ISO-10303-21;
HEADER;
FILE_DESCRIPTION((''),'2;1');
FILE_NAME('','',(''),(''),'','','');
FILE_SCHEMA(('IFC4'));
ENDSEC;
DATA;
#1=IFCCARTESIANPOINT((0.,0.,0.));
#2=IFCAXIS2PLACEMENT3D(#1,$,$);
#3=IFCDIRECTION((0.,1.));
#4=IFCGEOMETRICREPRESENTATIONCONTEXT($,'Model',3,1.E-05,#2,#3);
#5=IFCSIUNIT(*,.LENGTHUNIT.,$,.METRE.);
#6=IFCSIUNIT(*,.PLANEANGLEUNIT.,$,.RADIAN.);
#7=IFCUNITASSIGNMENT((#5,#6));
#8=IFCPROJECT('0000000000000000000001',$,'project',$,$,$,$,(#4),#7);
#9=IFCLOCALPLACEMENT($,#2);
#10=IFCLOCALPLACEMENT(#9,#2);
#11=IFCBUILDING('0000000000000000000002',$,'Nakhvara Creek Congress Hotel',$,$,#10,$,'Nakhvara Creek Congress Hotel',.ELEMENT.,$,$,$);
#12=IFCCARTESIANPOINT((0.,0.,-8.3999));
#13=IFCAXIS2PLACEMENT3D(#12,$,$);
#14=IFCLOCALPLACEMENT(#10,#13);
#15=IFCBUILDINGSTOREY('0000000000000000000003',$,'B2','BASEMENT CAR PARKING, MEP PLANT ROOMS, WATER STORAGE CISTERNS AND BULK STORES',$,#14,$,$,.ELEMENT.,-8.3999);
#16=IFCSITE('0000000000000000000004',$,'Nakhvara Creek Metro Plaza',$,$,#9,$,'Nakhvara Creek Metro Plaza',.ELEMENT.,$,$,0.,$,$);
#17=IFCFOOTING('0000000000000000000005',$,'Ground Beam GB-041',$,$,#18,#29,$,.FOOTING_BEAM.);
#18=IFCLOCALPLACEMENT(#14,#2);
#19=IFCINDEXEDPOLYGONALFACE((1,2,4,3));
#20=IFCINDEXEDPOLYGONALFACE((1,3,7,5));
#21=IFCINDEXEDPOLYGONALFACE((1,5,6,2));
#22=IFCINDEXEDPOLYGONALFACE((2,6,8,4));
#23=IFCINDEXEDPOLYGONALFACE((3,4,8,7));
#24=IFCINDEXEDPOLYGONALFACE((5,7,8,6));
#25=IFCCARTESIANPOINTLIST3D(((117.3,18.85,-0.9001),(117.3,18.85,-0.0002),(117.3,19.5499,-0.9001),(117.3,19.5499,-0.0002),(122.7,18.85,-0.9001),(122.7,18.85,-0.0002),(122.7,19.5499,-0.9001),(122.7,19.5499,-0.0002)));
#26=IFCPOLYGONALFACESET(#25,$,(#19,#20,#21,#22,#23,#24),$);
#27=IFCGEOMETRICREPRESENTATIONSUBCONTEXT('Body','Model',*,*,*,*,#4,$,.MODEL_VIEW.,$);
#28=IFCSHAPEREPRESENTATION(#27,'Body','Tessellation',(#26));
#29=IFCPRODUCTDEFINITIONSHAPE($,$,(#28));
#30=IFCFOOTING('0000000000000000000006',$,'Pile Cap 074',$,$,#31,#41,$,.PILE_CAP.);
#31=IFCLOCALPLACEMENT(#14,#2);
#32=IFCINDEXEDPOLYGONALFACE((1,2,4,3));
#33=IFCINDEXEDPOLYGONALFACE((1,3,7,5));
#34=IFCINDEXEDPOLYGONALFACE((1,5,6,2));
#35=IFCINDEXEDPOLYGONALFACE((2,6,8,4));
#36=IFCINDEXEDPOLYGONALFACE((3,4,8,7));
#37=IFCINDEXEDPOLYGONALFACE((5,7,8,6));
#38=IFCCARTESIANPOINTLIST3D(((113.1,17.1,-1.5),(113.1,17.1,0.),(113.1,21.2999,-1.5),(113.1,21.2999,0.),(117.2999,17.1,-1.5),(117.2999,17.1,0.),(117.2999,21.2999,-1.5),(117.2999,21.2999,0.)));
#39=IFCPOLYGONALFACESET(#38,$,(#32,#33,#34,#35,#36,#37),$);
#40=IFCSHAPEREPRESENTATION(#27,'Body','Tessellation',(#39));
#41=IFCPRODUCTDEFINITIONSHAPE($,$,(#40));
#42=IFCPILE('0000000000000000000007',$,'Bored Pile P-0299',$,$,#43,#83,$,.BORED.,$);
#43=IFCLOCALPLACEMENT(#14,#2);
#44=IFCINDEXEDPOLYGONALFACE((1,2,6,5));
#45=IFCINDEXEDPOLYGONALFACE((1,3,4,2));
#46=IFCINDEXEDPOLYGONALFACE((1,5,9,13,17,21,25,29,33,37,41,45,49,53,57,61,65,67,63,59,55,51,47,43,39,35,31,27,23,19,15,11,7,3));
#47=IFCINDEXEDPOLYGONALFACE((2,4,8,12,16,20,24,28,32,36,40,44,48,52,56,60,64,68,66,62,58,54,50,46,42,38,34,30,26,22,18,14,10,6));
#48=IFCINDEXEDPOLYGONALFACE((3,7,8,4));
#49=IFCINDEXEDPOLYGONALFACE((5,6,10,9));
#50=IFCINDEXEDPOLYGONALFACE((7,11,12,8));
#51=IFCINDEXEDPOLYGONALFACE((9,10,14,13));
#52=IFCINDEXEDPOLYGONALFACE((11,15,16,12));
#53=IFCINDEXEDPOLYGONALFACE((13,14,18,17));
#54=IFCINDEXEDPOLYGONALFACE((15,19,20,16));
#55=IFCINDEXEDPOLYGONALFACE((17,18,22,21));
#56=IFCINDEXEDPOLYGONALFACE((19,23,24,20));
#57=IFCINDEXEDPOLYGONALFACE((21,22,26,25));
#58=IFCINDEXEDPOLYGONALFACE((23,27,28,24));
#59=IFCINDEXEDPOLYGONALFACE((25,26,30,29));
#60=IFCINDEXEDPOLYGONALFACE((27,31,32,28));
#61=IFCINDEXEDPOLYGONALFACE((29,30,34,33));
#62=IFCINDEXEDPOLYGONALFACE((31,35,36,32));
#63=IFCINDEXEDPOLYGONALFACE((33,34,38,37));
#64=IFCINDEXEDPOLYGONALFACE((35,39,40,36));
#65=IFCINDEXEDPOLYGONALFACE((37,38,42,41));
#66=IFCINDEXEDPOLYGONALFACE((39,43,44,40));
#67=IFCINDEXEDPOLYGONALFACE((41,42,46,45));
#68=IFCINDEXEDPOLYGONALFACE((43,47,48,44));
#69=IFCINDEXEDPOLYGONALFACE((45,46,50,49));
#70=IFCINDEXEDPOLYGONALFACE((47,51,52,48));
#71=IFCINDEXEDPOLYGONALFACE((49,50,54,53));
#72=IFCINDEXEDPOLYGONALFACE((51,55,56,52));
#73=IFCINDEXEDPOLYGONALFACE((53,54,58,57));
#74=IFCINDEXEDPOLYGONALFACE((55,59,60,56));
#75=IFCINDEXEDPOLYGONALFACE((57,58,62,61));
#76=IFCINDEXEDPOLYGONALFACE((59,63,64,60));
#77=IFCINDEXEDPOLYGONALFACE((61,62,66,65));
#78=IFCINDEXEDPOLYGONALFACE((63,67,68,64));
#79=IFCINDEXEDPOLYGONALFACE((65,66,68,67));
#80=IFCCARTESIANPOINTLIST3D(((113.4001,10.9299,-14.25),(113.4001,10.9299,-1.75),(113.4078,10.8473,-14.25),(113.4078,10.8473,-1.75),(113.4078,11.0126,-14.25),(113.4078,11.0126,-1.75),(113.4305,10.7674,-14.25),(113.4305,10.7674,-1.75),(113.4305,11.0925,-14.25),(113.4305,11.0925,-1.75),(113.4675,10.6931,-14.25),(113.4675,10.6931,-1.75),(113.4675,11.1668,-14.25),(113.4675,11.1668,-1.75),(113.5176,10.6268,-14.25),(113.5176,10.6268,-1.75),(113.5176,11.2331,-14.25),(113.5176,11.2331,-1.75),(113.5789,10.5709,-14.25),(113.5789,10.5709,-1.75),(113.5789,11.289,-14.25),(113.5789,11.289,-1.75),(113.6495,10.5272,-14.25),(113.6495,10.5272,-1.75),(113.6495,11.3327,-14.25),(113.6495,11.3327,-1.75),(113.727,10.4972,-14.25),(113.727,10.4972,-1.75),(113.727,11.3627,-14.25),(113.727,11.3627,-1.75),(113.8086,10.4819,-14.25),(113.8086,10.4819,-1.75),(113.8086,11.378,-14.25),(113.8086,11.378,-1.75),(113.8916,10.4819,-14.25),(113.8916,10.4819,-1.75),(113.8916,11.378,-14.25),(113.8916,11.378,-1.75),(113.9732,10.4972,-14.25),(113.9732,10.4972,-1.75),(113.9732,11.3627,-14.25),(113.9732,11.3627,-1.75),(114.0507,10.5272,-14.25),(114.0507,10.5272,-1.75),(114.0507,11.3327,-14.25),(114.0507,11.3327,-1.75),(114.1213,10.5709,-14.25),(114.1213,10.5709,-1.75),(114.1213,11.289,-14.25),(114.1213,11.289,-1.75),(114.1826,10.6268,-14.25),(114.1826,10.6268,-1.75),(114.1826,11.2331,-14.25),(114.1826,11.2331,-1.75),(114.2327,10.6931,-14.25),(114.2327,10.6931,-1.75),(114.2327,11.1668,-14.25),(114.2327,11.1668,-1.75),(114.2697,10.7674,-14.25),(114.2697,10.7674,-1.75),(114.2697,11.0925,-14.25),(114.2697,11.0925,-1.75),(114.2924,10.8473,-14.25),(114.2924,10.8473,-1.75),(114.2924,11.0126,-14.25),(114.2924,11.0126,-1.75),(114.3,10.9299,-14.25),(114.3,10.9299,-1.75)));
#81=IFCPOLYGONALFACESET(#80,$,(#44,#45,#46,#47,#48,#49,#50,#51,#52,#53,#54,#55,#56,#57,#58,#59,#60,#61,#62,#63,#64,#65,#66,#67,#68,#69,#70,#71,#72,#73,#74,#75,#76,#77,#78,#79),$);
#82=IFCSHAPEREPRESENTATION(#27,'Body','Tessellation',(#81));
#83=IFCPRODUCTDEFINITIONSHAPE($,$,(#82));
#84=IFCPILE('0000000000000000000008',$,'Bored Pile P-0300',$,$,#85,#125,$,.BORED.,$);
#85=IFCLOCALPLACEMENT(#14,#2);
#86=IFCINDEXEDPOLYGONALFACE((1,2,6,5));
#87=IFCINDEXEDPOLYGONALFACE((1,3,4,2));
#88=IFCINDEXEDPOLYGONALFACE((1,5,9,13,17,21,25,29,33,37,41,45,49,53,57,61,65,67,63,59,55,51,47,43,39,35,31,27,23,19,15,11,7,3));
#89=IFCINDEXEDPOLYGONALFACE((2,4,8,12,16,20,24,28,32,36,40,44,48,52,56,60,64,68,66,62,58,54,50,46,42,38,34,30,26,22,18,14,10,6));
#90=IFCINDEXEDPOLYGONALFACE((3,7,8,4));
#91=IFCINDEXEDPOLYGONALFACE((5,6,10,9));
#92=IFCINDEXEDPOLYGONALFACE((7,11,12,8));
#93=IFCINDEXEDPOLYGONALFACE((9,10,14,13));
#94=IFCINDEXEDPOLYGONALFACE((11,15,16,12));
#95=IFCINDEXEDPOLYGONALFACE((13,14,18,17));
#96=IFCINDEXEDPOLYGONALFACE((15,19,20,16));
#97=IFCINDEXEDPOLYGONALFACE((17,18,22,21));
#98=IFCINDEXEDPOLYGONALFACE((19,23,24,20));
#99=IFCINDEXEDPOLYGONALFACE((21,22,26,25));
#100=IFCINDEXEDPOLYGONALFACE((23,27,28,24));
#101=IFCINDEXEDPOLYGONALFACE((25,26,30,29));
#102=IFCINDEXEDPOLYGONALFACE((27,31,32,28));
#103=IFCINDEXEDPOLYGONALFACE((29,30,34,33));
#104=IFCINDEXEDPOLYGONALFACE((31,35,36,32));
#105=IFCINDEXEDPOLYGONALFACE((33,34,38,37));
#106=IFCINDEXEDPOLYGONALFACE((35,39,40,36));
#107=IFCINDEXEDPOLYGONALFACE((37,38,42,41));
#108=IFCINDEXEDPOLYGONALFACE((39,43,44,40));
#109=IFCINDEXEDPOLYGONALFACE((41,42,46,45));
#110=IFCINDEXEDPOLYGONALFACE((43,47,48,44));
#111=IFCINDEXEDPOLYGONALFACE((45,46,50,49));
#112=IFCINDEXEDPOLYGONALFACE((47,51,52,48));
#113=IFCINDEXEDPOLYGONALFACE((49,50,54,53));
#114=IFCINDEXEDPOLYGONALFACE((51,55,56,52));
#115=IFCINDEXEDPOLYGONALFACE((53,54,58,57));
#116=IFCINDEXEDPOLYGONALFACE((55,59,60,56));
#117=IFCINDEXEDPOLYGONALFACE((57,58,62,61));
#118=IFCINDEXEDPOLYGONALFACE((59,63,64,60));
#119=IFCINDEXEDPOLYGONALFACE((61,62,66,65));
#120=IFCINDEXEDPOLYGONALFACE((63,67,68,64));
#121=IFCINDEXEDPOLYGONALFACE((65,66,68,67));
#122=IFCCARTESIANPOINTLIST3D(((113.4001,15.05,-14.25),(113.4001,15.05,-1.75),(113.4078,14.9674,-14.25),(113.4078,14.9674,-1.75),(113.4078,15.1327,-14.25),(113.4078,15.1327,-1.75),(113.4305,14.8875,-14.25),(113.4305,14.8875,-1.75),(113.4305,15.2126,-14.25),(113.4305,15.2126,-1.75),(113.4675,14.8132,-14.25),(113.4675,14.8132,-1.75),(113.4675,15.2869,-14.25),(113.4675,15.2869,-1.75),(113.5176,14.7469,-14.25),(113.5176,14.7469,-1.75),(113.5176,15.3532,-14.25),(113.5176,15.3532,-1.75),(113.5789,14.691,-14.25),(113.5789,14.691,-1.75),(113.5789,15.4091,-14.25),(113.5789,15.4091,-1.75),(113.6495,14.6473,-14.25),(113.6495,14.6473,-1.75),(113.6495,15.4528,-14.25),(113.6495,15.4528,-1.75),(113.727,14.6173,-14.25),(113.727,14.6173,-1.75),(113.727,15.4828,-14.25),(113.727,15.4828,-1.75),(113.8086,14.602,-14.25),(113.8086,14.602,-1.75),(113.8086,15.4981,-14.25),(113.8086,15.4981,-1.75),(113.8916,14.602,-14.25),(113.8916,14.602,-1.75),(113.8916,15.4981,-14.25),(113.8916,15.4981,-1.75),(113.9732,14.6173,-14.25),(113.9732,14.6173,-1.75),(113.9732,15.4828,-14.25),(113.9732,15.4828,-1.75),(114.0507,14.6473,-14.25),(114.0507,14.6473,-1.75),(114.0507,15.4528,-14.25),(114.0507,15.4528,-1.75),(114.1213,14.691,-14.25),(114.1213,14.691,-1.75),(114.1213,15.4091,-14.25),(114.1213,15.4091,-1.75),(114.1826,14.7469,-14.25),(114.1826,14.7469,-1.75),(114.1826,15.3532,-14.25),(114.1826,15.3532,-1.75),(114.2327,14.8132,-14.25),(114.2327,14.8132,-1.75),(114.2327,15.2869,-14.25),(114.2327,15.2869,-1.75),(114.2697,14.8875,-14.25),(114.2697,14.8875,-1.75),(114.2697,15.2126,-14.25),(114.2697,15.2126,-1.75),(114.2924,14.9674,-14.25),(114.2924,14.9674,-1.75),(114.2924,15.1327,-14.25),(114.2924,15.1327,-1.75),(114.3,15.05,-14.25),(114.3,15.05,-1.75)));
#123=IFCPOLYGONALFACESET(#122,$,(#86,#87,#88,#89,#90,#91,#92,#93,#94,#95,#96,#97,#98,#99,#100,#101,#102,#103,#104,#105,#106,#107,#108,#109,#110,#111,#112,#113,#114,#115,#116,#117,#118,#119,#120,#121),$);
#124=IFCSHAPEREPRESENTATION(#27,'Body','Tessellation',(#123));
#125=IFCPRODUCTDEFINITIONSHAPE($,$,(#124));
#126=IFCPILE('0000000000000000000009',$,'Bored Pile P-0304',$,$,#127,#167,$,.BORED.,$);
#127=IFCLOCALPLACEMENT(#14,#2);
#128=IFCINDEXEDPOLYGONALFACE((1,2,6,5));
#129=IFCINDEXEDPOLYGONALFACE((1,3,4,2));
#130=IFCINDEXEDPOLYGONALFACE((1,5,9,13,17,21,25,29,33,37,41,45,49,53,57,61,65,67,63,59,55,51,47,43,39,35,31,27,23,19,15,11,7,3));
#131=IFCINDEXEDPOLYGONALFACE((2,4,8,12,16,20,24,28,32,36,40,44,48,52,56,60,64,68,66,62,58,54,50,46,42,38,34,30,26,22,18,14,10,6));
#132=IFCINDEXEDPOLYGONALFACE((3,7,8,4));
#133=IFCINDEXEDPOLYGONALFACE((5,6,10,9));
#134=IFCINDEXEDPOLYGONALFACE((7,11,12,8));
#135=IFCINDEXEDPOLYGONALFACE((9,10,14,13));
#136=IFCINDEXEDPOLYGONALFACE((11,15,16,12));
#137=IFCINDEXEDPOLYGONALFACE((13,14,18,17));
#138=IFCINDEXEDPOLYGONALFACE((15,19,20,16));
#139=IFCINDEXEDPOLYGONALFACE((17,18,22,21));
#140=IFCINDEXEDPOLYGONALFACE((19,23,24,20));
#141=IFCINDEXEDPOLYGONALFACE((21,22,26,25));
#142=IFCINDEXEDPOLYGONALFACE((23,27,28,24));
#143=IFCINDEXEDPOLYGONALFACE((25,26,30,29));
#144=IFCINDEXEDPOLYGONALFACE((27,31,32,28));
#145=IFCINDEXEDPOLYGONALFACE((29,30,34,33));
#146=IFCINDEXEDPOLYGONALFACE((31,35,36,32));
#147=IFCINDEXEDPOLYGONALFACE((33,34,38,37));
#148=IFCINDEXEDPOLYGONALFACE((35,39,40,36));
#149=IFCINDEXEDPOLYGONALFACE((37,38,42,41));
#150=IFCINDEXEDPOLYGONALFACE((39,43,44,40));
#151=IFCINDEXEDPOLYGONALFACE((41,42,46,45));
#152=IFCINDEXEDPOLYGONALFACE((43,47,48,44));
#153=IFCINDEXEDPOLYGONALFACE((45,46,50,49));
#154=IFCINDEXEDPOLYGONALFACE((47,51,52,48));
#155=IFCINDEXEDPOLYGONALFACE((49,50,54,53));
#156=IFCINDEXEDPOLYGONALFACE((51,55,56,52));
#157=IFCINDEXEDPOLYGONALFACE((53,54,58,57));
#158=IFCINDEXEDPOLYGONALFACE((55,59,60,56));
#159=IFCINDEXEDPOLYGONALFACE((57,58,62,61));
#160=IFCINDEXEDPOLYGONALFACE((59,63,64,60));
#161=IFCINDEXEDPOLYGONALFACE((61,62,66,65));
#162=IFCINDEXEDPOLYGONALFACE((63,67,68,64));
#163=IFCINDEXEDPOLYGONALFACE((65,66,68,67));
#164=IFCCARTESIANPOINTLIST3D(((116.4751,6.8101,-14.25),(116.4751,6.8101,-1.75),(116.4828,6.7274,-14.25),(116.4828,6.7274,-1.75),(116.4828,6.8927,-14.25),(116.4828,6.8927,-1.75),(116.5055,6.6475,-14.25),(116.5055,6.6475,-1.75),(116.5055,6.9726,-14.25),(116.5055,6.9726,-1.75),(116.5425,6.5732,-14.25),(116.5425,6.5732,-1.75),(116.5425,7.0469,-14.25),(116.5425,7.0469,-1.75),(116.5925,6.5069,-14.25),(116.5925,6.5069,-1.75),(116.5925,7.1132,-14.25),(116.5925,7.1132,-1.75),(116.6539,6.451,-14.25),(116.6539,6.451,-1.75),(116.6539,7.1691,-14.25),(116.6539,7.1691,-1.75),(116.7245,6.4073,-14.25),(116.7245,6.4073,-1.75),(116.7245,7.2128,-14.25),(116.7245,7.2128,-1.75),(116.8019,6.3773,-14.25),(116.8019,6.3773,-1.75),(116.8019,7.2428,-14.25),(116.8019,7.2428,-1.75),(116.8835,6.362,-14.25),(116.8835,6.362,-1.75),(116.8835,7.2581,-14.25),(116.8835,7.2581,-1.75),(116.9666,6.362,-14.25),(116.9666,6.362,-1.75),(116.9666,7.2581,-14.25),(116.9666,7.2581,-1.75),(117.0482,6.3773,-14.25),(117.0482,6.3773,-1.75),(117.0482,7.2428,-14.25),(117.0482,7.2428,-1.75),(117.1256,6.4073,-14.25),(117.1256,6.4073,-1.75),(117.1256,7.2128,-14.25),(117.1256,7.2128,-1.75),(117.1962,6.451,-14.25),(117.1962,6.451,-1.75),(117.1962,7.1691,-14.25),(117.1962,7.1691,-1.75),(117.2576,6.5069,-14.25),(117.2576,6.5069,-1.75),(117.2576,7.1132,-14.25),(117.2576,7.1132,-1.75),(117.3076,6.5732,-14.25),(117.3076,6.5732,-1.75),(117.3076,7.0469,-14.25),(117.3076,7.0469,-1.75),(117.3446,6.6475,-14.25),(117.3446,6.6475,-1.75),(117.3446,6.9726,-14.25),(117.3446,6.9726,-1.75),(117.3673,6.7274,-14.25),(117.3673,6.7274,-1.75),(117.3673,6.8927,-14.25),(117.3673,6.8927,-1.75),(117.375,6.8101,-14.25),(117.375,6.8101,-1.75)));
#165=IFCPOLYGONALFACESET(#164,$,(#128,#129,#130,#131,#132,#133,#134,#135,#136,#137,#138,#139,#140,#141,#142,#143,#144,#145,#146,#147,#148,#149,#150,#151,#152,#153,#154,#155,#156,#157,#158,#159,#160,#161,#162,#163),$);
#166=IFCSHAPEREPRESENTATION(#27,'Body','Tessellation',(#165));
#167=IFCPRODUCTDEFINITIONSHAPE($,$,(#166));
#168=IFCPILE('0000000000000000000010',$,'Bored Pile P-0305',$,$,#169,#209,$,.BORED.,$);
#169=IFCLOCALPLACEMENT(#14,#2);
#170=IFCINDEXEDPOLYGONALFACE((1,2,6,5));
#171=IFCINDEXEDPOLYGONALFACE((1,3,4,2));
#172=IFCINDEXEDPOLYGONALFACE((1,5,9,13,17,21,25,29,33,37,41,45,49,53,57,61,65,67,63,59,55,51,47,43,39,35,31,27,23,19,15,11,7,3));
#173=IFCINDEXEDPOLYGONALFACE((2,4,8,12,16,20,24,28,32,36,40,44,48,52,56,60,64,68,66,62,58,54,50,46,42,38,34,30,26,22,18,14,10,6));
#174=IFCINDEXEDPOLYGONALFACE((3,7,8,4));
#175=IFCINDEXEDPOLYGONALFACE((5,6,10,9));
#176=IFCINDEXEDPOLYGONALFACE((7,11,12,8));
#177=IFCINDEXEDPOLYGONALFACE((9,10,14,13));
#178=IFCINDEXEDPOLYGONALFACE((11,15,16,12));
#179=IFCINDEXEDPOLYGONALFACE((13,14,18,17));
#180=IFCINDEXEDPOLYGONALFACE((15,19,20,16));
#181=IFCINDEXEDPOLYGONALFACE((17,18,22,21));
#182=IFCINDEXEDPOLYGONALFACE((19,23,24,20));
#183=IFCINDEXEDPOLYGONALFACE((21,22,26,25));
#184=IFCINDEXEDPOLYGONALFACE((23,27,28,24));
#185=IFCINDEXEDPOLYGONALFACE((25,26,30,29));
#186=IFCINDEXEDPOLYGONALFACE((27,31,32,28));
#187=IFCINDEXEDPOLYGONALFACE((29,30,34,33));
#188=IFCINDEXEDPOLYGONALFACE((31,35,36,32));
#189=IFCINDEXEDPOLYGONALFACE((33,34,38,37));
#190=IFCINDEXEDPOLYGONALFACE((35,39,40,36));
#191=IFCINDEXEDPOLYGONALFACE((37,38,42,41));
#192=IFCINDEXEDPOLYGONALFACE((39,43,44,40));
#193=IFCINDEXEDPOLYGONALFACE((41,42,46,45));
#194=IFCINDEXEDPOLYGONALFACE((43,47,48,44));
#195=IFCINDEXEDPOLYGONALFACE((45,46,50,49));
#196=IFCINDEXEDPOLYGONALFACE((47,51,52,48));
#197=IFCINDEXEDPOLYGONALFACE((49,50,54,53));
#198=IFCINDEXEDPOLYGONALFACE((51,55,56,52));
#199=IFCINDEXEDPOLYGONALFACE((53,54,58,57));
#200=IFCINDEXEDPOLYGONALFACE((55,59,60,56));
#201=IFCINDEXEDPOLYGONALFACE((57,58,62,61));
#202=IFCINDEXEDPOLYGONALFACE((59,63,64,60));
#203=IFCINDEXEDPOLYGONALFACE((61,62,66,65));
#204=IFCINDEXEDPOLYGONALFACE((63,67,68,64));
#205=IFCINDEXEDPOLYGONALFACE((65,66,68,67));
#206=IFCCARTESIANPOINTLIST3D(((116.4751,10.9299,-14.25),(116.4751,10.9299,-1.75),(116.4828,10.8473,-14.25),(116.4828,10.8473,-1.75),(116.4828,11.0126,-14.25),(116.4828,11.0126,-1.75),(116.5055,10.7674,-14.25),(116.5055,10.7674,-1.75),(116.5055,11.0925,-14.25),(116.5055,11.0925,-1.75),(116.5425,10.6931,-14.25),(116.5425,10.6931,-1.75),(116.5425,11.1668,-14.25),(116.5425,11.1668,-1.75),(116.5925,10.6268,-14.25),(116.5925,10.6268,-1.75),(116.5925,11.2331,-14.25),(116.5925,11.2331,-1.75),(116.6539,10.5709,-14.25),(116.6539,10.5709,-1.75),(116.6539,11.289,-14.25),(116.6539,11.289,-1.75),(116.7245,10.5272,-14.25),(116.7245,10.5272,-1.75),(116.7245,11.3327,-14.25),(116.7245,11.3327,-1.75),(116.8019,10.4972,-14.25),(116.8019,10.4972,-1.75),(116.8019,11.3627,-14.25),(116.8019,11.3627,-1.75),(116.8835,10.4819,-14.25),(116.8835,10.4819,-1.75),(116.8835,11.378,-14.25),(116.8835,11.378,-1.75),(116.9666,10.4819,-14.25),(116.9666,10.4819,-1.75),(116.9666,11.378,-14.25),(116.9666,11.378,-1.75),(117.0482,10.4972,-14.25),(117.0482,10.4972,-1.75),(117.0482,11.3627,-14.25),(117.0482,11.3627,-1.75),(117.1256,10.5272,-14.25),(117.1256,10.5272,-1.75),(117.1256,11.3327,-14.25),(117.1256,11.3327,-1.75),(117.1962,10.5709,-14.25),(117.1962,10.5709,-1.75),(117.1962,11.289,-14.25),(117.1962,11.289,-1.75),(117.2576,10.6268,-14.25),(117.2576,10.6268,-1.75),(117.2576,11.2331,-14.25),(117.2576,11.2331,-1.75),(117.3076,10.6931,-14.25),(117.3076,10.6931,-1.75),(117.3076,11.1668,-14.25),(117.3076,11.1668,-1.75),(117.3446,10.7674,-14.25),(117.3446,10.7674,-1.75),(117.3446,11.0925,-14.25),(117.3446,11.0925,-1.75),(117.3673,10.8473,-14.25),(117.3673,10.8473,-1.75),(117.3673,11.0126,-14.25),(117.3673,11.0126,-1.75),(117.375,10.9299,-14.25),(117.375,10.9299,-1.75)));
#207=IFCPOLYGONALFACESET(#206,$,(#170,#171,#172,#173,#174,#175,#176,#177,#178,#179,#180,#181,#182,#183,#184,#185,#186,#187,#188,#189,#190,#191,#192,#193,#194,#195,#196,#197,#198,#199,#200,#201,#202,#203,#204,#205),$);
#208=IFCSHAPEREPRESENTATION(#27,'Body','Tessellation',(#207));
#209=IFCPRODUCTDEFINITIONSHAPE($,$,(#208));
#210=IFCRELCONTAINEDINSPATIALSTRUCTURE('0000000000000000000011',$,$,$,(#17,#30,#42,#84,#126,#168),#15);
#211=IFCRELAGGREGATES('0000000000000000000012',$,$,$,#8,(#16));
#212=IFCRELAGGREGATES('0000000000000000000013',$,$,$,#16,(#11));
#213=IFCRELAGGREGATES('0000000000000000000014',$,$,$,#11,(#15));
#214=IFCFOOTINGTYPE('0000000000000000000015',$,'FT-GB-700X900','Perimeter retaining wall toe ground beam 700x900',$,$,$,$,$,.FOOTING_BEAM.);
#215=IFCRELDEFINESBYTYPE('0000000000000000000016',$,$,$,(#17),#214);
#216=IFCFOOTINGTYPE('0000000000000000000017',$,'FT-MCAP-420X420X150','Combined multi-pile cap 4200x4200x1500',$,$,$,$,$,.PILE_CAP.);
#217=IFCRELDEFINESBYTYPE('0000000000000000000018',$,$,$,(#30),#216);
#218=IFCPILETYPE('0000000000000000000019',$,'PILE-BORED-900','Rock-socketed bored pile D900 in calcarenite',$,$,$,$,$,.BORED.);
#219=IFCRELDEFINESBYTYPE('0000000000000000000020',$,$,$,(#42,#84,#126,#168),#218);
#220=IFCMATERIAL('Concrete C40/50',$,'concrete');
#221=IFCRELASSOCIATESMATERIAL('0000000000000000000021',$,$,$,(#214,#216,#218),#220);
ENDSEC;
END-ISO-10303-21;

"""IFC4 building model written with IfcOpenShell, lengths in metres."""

from ifc_helpers import new_model, si_unit, direction, frame, origin, origin_2d, place, context, subcontext, project, spatial, rectangle, circle, extrude, material, material_profile, profile_set, type_object, element, save


model = new_model("IFC4")

# Units and contexts
model_context = context("Model", 3, precision=1e-05, world=origin(), true_north=direction((0.0, 1.0)))
body_context = subcontext(model_context, "Body", "Model", "MODEL_VIEW")
ifc_project = project(units=[si_unit("LENGTHUNIT", "METRE"), si_unit("PLANEANGLEUNIT", "RADIAN")], contexts=[model_context])

# Site, building, storey
site_placement = place(None, origin())
site = spatial("IfcSite", under=ifc_project, at=site_placement, Name="Nakhvara Creek Metro Plaza", LongName="Nakhvara Creek Metro Plaza", CompositionType="ELEMENT", RefElevation=0.0)
building_placement = place(site_placement, origin())
building = spatial("IfcBuilding", under=site, at=building_placement, Name="Nakhvara Creek Congress Hotel", LongName="Nakhvara Creek Congress Hotel", CompositionType="ELEMENT")
storey_placement = place(building_placement, frame((0.0, 0.0, -8.3999)))
storey = spatial("IfcBuildingStorey", under=building, at=storey_placement, Name="B2", Description="BASEMENT CAR PARKING, MEP PLANT ROOMS, WATER STORAGE CISTERNS AND BULK STORES", CompositionType="ELEMENT", Elevation=-8.3999)

# Footings
ifc_material_1 = material(Name="Concrete C40/50", Category="concrete")
footing_type_1 = type_object("IfcFootingType", Name="FT-GB-700X900", Description="Perimeter retaining wall toe ground beam 700x900", PredefinedType="FOOTING_BEAM", material=ifc_material_1)
footing_1_placement = place(storey_placement, frame((120.0, 19.2, -0.9001), z_axis=(0.0, 0.0, 1.0), x_axis=(1.0, 0.0, 0.0)))
element("IfcFooting", 1, at=footing_1_placement, inside=storey, type_object=footing_type_1, Name="Ground Beam GB-041", PredefinedType="FOOTING_BEAM", context=body_context, shape_type="SweptSolid", body=[
    extrude(rectangle(XDim=5.3999, YDim=0.7, at=origin_2d()), origin(), (0.0, 0.0, 1.0), 0.8999),
])
footing_type_2 = type_object("IfcFootingType", Name="FT-MCAP-420X420X150", Description="Combined multi-pile cap 4200x4200x1500", PredefinedType="PILE_CAP", material=ifc_material_1)
footing_2_placement = place(storey_placement, frame((115.2, 19.2, -1.5), z_axis=(0.0, 0.0, 1.0), x_axis=(1.0, 0.0, 0.0)))
element("IfcFooting", 2, at=footing_2_placement, inside=storey, type_object=footing_type_2, Name="Pile Cap 074", PredefinedType="PILE_CAP", context=body_context, shape_type="SweptSolid", body=[
    extrude(rectangle(XDim=4.2, YDim=4.2, at=origin_2d()), origin(), (0.0, 0.0, 1.0), 1.5),
])

# Piles
ifc_material_profile_1 = material_profile(ifc_material_1, circle(Radius=0.45, at=origin_2d()), Name="BORED PILE D900", Category="LoadBearing")
ifc_profile_set_1 = profile_set([ifc_material_profile_1], Name="Concrete C40/50")
pile_type = type_object("IfcPileType", Name="PILE-BORED-900", Description="Rock-socketed bored pile D900 in calcarenite", PredefinedType="BORED", material=ifc_profile_set_1)
for number, where, z_axis, x_axis, name in (
    (3, (113.8501, 10.9299, -1.75), (0.0, 0.0, -1.0), (1.0, 0.0, 0.0), "Bored Pile P-0299"),
    (4, (113.8501, 15.05, -1.75), (0.0, 0.0, -1.0), (1.0, 0.0, 0.0), "Bored Pile P-0300"),
    (5, (116.925, 6.8101, -1.75), (0.0, 0.0, -1.0), (1.0, 0.0, 0.0), "Bored Pile P-0304"),
    (6, (116.925, 10.9299, -1.75), (0.0, 0.0, -1.0), (1.0, 0.0, 0.0), "Bored Pile P-0305"),
):
    element("IfcPile", number, at=place(storey_placement, frame(where, z_axis=z_axis, x_axis=x_axis)), inside=storey, type_object=pile_type, Name=name, PredefinedType="BORED", context=body_context, shape_type="SweptSolid", body=[
        extrude(circle(Radius=0.45, at=origin_2d()), origin(), (0.0, 0.0, 1.0), 12.5),
    ])

save(model, "model.ifc")
